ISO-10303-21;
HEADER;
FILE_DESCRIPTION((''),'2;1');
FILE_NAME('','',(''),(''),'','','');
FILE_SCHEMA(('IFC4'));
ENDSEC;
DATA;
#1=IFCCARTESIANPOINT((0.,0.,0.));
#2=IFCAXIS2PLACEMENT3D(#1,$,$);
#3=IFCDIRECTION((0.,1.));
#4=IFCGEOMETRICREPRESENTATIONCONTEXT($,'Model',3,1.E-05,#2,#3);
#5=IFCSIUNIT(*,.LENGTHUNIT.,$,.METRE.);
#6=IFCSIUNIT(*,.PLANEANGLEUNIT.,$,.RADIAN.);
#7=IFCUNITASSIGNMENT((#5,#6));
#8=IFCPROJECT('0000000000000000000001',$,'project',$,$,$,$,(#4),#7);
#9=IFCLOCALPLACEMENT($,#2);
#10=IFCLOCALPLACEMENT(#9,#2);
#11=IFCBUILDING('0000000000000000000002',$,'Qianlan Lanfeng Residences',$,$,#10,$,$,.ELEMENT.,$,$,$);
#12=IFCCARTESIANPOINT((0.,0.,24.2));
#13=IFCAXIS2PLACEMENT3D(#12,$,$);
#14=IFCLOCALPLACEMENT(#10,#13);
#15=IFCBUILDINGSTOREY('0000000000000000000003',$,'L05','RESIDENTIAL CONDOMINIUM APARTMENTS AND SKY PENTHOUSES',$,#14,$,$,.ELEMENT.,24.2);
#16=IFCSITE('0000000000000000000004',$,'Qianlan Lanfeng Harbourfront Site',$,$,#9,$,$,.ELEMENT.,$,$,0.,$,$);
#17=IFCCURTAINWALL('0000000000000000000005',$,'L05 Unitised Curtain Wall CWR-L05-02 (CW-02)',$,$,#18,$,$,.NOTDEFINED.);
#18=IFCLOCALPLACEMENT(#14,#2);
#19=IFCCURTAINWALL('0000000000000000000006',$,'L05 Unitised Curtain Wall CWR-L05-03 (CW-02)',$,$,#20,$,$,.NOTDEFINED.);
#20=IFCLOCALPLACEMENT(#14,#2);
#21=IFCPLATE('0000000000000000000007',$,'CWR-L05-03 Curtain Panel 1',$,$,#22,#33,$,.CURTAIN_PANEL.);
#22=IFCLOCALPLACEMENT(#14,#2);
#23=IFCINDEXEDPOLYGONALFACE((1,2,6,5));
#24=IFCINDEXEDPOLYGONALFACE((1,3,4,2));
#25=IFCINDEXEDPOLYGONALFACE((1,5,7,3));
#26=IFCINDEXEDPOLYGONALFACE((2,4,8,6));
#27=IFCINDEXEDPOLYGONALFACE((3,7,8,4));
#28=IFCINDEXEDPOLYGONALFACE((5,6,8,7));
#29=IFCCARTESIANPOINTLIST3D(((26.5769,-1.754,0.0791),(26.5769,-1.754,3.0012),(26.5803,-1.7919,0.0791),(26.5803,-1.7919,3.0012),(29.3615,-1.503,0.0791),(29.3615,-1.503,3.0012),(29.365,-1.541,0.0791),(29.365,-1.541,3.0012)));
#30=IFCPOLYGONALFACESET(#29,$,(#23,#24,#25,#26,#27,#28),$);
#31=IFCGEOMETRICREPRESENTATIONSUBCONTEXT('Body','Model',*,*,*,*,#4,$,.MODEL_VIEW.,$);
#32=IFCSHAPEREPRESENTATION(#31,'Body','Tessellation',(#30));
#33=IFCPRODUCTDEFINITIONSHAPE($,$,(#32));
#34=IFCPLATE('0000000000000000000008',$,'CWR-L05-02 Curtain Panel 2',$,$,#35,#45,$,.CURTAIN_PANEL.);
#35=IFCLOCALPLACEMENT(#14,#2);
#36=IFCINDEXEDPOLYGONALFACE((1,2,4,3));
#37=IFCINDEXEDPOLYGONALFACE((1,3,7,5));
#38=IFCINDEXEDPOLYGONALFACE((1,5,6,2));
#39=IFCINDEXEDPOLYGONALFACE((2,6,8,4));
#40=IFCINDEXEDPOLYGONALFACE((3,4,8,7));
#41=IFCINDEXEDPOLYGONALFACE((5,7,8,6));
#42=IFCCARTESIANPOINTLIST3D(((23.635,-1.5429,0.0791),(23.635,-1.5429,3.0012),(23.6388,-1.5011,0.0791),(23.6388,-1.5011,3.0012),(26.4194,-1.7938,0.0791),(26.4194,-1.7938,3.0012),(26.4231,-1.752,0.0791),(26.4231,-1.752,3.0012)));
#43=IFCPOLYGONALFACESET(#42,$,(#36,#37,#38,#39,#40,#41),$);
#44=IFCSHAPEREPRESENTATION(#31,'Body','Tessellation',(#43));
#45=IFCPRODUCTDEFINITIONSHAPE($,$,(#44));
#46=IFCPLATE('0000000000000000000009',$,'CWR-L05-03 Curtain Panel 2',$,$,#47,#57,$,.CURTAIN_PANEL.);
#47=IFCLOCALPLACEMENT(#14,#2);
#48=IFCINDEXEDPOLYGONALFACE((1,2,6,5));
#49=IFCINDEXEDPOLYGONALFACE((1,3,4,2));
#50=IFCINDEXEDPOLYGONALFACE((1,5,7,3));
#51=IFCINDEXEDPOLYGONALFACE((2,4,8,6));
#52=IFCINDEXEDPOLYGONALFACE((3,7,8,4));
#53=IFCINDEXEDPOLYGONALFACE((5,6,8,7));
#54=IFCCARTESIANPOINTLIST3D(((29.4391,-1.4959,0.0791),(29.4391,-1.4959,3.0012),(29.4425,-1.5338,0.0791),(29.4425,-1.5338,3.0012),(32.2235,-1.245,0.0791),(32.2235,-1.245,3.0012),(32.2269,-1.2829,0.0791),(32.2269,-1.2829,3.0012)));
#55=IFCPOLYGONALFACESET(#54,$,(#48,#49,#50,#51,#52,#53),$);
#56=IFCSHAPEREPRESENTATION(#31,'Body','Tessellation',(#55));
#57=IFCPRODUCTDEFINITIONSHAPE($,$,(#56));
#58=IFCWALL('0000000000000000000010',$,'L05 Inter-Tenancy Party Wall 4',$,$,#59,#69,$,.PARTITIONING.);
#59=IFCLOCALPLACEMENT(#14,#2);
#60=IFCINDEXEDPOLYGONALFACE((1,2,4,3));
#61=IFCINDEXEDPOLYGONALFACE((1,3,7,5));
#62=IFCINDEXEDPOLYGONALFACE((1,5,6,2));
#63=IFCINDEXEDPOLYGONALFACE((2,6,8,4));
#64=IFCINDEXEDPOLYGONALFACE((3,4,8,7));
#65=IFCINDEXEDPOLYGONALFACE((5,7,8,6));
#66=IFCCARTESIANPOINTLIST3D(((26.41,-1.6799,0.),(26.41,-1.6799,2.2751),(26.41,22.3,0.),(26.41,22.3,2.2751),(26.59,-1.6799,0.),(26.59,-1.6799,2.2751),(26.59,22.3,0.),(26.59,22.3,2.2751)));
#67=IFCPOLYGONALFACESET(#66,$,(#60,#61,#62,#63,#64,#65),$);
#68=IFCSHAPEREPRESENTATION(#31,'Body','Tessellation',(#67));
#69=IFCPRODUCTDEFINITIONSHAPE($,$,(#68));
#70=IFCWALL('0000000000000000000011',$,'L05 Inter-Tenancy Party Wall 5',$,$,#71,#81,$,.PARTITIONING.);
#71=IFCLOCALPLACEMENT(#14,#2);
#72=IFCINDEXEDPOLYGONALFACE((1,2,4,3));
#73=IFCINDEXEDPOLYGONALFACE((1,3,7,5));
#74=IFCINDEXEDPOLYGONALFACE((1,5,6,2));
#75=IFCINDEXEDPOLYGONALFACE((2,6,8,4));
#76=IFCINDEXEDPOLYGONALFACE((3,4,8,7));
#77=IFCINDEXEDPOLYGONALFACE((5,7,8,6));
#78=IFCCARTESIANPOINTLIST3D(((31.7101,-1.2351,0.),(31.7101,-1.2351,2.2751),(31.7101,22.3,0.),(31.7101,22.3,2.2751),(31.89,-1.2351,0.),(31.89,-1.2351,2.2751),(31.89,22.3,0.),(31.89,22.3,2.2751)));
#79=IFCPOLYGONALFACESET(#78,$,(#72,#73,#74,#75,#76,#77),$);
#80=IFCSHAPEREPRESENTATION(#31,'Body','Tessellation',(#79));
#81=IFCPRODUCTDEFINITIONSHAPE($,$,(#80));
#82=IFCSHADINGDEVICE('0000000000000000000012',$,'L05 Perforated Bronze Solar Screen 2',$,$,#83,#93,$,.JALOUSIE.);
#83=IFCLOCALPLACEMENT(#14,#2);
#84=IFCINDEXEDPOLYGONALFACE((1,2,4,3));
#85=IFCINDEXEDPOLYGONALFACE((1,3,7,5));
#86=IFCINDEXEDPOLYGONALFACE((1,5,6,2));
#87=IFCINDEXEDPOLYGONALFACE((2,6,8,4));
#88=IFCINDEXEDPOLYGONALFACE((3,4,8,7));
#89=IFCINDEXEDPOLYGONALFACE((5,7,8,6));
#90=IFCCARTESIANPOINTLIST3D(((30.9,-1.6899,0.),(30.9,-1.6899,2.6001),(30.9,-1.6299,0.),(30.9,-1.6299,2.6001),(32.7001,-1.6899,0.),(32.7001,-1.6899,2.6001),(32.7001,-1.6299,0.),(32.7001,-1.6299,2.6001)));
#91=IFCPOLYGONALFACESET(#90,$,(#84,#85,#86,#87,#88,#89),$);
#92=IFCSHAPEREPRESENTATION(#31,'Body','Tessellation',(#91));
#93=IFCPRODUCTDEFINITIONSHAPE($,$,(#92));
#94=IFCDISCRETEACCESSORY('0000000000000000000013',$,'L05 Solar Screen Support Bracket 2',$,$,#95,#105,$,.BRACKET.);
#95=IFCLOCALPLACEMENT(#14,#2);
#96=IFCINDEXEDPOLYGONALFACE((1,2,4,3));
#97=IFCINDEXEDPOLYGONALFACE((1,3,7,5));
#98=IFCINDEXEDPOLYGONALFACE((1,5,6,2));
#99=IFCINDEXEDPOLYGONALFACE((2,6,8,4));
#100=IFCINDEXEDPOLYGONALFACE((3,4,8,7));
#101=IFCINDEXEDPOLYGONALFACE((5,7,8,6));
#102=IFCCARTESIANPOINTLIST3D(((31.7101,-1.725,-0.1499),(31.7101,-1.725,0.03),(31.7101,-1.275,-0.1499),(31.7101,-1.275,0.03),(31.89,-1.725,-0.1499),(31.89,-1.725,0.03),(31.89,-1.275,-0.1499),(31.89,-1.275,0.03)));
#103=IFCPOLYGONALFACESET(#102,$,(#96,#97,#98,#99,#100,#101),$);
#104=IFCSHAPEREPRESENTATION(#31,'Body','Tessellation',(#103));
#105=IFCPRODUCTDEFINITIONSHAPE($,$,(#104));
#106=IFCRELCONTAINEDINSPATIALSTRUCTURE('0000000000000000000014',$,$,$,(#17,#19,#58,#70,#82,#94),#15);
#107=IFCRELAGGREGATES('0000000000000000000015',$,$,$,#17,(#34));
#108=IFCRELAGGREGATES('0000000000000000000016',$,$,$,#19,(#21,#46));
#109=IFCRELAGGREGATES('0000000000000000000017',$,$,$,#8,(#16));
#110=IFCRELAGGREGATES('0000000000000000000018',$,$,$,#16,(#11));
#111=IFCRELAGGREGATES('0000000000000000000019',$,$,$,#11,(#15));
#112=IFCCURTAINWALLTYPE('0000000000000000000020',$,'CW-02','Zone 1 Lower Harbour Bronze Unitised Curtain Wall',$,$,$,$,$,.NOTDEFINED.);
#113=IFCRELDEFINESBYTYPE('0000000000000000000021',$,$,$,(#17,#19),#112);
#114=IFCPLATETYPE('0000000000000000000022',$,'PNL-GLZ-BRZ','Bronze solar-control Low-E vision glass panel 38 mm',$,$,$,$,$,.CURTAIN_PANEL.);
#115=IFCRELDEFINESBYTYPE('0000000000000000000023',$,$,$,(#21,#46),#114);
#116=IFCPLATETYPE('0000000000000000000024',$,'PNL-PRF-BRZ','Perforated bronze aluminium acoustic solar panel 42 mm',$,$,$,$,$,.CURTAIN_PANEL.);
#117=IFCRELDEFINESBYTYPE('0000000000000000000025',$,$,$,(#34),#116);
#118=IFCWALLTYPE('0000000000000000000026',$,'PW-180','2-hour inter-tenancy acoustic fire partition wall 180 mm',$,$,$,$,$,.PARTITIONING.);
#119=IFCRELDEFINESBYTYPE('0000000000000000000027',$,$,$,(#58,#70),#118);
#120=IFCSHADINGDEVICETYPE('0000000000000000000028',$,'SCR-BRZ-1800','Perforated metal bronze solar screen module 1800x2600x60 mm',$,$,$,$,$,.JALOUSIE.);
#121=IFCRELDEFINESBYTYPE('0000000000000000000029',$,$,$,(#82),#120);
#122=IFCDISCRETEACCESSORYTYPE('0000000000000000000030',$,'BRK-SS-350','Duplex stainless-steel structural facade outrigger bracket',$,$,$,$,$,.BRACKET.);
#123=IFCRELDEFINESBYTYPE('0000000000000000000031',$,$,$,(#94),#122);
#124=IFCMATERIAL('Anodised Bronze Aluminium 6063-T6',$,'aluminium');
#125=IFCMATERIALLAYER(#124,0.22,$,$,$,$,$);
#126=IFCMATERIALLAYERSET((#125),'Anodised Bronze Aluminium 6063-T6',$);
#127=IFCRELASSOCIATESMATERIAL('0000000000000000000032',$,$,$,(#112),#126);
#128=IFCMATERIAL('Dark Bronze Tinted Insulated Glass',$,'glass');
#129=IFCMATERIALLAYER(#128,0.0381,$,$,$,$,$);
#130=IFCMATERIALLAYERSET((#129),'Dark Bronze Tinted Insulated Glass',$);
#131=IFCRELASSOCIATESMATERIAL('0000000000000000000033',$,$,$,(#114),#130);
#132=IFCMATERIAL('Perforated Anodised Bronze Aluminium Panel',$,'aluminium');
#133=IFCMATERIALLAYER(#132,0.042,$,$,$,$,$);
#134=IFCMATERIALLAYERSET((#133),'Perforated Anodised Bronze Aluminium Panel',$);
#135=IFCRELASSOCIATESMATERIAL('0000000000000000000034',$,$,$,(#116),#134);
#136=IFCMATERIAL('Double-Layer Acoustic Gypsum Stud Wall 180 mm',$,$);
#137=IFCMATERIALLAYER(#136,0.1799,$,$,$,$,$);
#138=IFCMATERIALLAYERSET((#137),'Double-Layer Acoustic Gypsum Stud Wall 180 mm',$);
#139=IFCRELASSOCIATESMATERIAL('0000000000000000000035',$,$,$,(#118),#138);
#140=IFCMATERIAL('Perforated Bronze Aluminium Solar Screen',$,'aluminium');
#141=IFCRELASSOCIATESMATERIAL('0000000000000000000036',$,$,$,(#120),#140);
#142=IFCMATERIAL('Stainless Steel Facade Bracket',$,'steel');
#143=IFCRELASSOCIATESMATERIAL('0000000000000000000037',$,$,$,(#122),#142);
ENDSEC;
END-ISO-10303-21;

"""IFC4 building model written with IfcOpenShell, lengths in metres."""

from ifc_helpers import new_model, si_unit, direction, frame, frame_2d, origin, origin_2d, place, context, subcontext, project, spatial, rectangle, extrude, source, transform, mapped, material, layer, layer_set, type_object, element, aggregate, save


model = new_model("IFC4")

# Units and contexts
model_context = context("Model", 3, precision=1e-05, world=origin(), true_north=direction((0.0, 1.0)))
body_context = subcontext(model_context, "Body", "Model", "MODEL_VIEW")
ifc_project = project(units=[si_unit("LENGTHUNIT", "METRE"), si_unit("PLANEANGLEUNIT", "RADIAN")], contexts=[model_context])

# Site, building, storey
site_placement = place(None, origin())
site = spatial("IfcSite", under=ifc_project, at=site_placement, Name="Qianlan Lanfeng Harbourfront Site", CompositionType="ELEMENT", RefElevation=0.0)
building_placement = place(site_placement, origin())
building = spatial("IfcBuilding", under=site, at=building_placement, Name="Qianlan Lanfeng Residences", CompositionType="ELEMENT")
storey_placement = place(building_placement, frame((0.0, 0.0, 24.2)))
storey = spatial("IfcBuildingStorey", under=building, at=storey_placement, Name="L05", Description="RESIDENTIAL CONDOMINIUM APARTMENTS AND SKY PENTHOUSES", CompositionType="ELEMENT", Elevation=24.2)

# Curtain walls
ifc_material_1 = material(Name="Anodised Bronze Aluminium 6063-T6", Category="aluminium")
ifc_layer_1 = layer(ifc_material_1, 0.22)
ifc_layer_set_1 = layer_set([ifc_layer_1], Name="Anodised Bronze Aluminium 6063-T6")
curtain_wall_type = type_object("IfcCurtainWallType", Name="CW-02", Description="Zone 1 Lower Harbour Bronze Unitised Curtain Wall", PredefinedType="NOTDEFINED", material=ifc_layer_set_1)
curtain_wall_1_placement = place(storey_placement, origin())
curtain_wall_1 = element("IfcCurtainWall", 1, at=curtain_wall_1_placement, inside=storey, type_object=curtain_wall_type, Name="L05 Unitised Curtain Wall CWR-L05-02 (CW-02)", PredefinedType="NOTDEFINED")
curtain_wall_2_placement = place(storey_placement, origin())
curtain_wall_2 = element("IfcCurtainWall", 2, at=curtain_wall_2_placement, inside=storey, type_object=curtain_wall_type, Name="L05 Unitised Curtain Wall CWR-L05-03 (CW-02)", PredefinedType="NOTDEFINED")

# Plates
ifc_material_2 = material(Name="Dark Bronze Tinted Insulated Glass", Category="glass")
ifc_layer_2 = layer(ifc_material_2, 0.0381)
ifc_layer_set_2 = layer_set([ifc_layer_2], Name="Dark Bronze Tinted Insulated Glass")
plate_type_1 = type_object("IfcPlateType", Name="PNL-GLZ-BRZ", Description="Bronze solar-control Low-E vision glass panel 38 mm", PredefinedType="CURTAIN_PANEL", material=ifc_layer_set_2)
shared_shape_1 = source(origin(), body_context, "Body", "SweptSolid", [
    extrude(rectangle(XDim=2.7959, YDim=0.0381, at=origin_2d()), origin(), (0.0, 0.0, 1.0), 2.9221),
])
plate_1_placement = place(storey_placement, frame((27.9709, -1.6475, 0.0791), z_axis=(0.0, 0.0, 1.0), x_axis=(0.995965, 0.089746, 0.0)))
plate_1 = element("IfcPlate", 3, at=plate_1_placement, type_object=plate_type_1, Name="CWR-L05-03 Curtain Panel 1", PredefinedType="CURTAIN_PANEL", context=body_context, shape_type="MappedRepresentation", body=[
    mapped(shared_shape_1, transform((0.0, 0.0, 0.0), scale=1.0)),
])
ifc_material_3 = material(Name="Perforated Anodised Bronze Aluminium Panel", Category="aluminium")
ifc_layer_3 = layer(ifc_material_3, 0.042)
ifc_layer_set_3 = layer_set([ifc_layer_3], Name="Perforated Anodised Bronze Aluminium Panel")
plate_type_2 = type_object("IfcPlateType", Name="PNL-PRF-BRZ", Description="Perforated bronze aluminium acoustic solar panel 42 mm", PredefinedType="CURTAIN_PANEL", material=ifc_layer_set_3)
shared_shape_2 = source(origin(), body_context, "Body", "SweptSolid", [
    extrude(rectangle(XDim=2.7957, YDim=0.042, at=origin_2d()), origin(), (0.0, 0.0, 1.0), 2.9221),
])
plate_2_placement = place(storey_placement, frame((25.0291, -1.6475, 0.0791), z_axis=(0.0, 0.0, 1.0), x_axis=(0.995965, -0.089746, 0.0)))
plate_2 = element("IfcPlate", 4, at=plate_2_placement, type_object=plate_type_2, Name="CWR-L05-02 Curtain Panel 2", PredefinedType="CURTAIN_PANEL", context=body_context, shape_type="MappedRepresentation", body=[
    mapped(shared_shape_2, transform((0.0, 0.0, 0.0), scale=1.0)),
])
aggregate(curtain_wall_1, [plate_2])
shared_shape_3 = source(origin(), body_context, "Body", "SweptSolid", [
    extrude(rectangle(XDim=2.7957, YDim=0.0381, at=origin_2d()), origin(), (0.0, 0.0, 1.0), 2.9221),
])
plate_3_placement = place(storey_placement, frame((30.833, -1.3894, 0.0791), z_axis=(0.0, 0.0, 1.0), x_axis=(0.995965, 0.089746, 0.0)))
plate_3 = element("IfcPlate", 5, at=plate_3_placement, type_object=plate_type_1, Name="CWR-L05-03 Curtain Panel 2", PredefinedType="CURTAIN_PANEL", context=body_context, shape_type="MappedRepresentation", body=[
    mapped(shared_shape_3, transform((0.0, 0.0, 0.0), scale=1.0)),
])
aggregate(curtain_wall_2, [plate_1, plate_3])

# Walls
ifc_material_4 = material(Name="Double-Layer Acoustic Gypsum Stud Wall 180 mm")
ifc_layer_4 = layer(ifc_material_4, 0.1799)
ifc_layer_set_4 = layer_set([ifc_layer_4], Name="Double-Layer Acoustic Gypsum Stud Wall 180 mm")
wall_type = type_object("IfcWallType", Name="PW-180", Description="2-hour inter-tenancy acoustic fire partition wall 180 mm", PredefinedType="PARTITIONING", material=ifc_layer_set_4)
wall_1_placement = place(storey_placement, frame((26.5, -1.6799, 0.0), z_axis=(0.0, 0.0, 1.0), x_axis=(0.0, 1.0, 0.0)))
element("IfcWall", 6, at=wall_1_placement, inside=storey, type_object=wall_type, Name="L05 Inter-Tenancy Party Wall 4", PredefinedType="PARTITIONING", context=body_context, shape_type="SweptSolid", body=[
    extrude(rectangle(XDim=23.98, YDim=0.1799, at=frame_2d((11.99, 0.0))), origin(), (0.0, 0.0, 1.0), 2.2751),
])
wall_2_placement = place(storey_placement, frame((31.8, -1.2351, 0.0), z_axis=(0.0, 0.0, 1.0), x_axis=(0.0, 1.0, 0.0)))
element("IfcWall", 7, at=wall_2_placement, inside=storey, type_object=wall_type, Name="L05 Inter-Tenancy Party Wall 5", PredefinedType="PARTITIONING", context=body_context, shape_type="SweptSolid", body=[
    extrude(rectangle(XDim=23.5352, YDim=0.1799, at=frame_2d((11.7676, 0.0))), origin(), (0.0, 0.0, 1.0), 2.2751),
])

# Shading device
ifc_material_5 = material(Name="Perforated Bronze Aluminium Solar Screen", Category="aluminium")
shading_device_type = type_object("IfcShadingDeviceType", Name="SCR-BRZ-1800", Description="Perforated metal bronze solar screen module 1800x2600x60 mm", PredefinedType="JALOUSIE", material=ifc_material_5)
shared_shape_4 = source(origin(), body_context, "Body", "SweptSolid", [
    extrude(rectangle(XDim=1.8, YDim=0.0601, at=origin_2d()), origin(), (0.0, 0.0, 1.0), 2.6001),
])
shading_device_placement = place(storey_placement, frame((31.8, -1.6599, 0.0), z_axis=(0.0, 0.0, 1.0), x_axis=(1.0, 0.0, 0.0)))
element("IfcShadingDevice", 8, at=shading_device_placement, inside=storey, type_object=shading_device_type, Name="L05 Perforated Bronze Solar Screen 2", PredefinedType="JALOUSIE", context=body_context, shape_type="MappedRepresentation", body=[
    mapped(shared_shape_4, transform((0.0, 0.0, 0.0), scale=1.0)),
])

# Discrete accessory
ifc_material_6 = material(Name="Stainless Steel Facade Bracket", Category="steel")
discrete_accessory_type = type_object("IfcDiscreteAccessoryType", Name="BRK-SS-350", Description="Duplex stainless-steel structural facade outrigger bracket", PredefinedType="BRACKET", material=ifc_material_6)
shared_shape_5 = source(origin(), body_context, "Body", "SweptSolid", [
    extrude(rectangle(XDim=0.1799, YDim=0.45, at=origin_2d()), origin(), (0.0, 0.0, 1.0), 0.1799),
])
discrete_accessory_placement = place(storey_placement, frame((31.8, -1.5, -0.1499), z_axis=(0.0, 0.0, 1.0), x_axis=(1.0, 0.0, 0.0)))
element("IfcDiscreteAccessory", 9, at=discrete_accessory_placement, inside=storey, type_object=discrete_accessory_type, Name="L05 Solar Screen Support Bracket 2", PredefinedType="BRACKET", context=body_context, shape_type="MappedRepresentation", body=[
    mapped(shared_shape_5, transform((0.0, 0.0, 0.0), scale=1.0)),
])

save(model, "model.ifc")
